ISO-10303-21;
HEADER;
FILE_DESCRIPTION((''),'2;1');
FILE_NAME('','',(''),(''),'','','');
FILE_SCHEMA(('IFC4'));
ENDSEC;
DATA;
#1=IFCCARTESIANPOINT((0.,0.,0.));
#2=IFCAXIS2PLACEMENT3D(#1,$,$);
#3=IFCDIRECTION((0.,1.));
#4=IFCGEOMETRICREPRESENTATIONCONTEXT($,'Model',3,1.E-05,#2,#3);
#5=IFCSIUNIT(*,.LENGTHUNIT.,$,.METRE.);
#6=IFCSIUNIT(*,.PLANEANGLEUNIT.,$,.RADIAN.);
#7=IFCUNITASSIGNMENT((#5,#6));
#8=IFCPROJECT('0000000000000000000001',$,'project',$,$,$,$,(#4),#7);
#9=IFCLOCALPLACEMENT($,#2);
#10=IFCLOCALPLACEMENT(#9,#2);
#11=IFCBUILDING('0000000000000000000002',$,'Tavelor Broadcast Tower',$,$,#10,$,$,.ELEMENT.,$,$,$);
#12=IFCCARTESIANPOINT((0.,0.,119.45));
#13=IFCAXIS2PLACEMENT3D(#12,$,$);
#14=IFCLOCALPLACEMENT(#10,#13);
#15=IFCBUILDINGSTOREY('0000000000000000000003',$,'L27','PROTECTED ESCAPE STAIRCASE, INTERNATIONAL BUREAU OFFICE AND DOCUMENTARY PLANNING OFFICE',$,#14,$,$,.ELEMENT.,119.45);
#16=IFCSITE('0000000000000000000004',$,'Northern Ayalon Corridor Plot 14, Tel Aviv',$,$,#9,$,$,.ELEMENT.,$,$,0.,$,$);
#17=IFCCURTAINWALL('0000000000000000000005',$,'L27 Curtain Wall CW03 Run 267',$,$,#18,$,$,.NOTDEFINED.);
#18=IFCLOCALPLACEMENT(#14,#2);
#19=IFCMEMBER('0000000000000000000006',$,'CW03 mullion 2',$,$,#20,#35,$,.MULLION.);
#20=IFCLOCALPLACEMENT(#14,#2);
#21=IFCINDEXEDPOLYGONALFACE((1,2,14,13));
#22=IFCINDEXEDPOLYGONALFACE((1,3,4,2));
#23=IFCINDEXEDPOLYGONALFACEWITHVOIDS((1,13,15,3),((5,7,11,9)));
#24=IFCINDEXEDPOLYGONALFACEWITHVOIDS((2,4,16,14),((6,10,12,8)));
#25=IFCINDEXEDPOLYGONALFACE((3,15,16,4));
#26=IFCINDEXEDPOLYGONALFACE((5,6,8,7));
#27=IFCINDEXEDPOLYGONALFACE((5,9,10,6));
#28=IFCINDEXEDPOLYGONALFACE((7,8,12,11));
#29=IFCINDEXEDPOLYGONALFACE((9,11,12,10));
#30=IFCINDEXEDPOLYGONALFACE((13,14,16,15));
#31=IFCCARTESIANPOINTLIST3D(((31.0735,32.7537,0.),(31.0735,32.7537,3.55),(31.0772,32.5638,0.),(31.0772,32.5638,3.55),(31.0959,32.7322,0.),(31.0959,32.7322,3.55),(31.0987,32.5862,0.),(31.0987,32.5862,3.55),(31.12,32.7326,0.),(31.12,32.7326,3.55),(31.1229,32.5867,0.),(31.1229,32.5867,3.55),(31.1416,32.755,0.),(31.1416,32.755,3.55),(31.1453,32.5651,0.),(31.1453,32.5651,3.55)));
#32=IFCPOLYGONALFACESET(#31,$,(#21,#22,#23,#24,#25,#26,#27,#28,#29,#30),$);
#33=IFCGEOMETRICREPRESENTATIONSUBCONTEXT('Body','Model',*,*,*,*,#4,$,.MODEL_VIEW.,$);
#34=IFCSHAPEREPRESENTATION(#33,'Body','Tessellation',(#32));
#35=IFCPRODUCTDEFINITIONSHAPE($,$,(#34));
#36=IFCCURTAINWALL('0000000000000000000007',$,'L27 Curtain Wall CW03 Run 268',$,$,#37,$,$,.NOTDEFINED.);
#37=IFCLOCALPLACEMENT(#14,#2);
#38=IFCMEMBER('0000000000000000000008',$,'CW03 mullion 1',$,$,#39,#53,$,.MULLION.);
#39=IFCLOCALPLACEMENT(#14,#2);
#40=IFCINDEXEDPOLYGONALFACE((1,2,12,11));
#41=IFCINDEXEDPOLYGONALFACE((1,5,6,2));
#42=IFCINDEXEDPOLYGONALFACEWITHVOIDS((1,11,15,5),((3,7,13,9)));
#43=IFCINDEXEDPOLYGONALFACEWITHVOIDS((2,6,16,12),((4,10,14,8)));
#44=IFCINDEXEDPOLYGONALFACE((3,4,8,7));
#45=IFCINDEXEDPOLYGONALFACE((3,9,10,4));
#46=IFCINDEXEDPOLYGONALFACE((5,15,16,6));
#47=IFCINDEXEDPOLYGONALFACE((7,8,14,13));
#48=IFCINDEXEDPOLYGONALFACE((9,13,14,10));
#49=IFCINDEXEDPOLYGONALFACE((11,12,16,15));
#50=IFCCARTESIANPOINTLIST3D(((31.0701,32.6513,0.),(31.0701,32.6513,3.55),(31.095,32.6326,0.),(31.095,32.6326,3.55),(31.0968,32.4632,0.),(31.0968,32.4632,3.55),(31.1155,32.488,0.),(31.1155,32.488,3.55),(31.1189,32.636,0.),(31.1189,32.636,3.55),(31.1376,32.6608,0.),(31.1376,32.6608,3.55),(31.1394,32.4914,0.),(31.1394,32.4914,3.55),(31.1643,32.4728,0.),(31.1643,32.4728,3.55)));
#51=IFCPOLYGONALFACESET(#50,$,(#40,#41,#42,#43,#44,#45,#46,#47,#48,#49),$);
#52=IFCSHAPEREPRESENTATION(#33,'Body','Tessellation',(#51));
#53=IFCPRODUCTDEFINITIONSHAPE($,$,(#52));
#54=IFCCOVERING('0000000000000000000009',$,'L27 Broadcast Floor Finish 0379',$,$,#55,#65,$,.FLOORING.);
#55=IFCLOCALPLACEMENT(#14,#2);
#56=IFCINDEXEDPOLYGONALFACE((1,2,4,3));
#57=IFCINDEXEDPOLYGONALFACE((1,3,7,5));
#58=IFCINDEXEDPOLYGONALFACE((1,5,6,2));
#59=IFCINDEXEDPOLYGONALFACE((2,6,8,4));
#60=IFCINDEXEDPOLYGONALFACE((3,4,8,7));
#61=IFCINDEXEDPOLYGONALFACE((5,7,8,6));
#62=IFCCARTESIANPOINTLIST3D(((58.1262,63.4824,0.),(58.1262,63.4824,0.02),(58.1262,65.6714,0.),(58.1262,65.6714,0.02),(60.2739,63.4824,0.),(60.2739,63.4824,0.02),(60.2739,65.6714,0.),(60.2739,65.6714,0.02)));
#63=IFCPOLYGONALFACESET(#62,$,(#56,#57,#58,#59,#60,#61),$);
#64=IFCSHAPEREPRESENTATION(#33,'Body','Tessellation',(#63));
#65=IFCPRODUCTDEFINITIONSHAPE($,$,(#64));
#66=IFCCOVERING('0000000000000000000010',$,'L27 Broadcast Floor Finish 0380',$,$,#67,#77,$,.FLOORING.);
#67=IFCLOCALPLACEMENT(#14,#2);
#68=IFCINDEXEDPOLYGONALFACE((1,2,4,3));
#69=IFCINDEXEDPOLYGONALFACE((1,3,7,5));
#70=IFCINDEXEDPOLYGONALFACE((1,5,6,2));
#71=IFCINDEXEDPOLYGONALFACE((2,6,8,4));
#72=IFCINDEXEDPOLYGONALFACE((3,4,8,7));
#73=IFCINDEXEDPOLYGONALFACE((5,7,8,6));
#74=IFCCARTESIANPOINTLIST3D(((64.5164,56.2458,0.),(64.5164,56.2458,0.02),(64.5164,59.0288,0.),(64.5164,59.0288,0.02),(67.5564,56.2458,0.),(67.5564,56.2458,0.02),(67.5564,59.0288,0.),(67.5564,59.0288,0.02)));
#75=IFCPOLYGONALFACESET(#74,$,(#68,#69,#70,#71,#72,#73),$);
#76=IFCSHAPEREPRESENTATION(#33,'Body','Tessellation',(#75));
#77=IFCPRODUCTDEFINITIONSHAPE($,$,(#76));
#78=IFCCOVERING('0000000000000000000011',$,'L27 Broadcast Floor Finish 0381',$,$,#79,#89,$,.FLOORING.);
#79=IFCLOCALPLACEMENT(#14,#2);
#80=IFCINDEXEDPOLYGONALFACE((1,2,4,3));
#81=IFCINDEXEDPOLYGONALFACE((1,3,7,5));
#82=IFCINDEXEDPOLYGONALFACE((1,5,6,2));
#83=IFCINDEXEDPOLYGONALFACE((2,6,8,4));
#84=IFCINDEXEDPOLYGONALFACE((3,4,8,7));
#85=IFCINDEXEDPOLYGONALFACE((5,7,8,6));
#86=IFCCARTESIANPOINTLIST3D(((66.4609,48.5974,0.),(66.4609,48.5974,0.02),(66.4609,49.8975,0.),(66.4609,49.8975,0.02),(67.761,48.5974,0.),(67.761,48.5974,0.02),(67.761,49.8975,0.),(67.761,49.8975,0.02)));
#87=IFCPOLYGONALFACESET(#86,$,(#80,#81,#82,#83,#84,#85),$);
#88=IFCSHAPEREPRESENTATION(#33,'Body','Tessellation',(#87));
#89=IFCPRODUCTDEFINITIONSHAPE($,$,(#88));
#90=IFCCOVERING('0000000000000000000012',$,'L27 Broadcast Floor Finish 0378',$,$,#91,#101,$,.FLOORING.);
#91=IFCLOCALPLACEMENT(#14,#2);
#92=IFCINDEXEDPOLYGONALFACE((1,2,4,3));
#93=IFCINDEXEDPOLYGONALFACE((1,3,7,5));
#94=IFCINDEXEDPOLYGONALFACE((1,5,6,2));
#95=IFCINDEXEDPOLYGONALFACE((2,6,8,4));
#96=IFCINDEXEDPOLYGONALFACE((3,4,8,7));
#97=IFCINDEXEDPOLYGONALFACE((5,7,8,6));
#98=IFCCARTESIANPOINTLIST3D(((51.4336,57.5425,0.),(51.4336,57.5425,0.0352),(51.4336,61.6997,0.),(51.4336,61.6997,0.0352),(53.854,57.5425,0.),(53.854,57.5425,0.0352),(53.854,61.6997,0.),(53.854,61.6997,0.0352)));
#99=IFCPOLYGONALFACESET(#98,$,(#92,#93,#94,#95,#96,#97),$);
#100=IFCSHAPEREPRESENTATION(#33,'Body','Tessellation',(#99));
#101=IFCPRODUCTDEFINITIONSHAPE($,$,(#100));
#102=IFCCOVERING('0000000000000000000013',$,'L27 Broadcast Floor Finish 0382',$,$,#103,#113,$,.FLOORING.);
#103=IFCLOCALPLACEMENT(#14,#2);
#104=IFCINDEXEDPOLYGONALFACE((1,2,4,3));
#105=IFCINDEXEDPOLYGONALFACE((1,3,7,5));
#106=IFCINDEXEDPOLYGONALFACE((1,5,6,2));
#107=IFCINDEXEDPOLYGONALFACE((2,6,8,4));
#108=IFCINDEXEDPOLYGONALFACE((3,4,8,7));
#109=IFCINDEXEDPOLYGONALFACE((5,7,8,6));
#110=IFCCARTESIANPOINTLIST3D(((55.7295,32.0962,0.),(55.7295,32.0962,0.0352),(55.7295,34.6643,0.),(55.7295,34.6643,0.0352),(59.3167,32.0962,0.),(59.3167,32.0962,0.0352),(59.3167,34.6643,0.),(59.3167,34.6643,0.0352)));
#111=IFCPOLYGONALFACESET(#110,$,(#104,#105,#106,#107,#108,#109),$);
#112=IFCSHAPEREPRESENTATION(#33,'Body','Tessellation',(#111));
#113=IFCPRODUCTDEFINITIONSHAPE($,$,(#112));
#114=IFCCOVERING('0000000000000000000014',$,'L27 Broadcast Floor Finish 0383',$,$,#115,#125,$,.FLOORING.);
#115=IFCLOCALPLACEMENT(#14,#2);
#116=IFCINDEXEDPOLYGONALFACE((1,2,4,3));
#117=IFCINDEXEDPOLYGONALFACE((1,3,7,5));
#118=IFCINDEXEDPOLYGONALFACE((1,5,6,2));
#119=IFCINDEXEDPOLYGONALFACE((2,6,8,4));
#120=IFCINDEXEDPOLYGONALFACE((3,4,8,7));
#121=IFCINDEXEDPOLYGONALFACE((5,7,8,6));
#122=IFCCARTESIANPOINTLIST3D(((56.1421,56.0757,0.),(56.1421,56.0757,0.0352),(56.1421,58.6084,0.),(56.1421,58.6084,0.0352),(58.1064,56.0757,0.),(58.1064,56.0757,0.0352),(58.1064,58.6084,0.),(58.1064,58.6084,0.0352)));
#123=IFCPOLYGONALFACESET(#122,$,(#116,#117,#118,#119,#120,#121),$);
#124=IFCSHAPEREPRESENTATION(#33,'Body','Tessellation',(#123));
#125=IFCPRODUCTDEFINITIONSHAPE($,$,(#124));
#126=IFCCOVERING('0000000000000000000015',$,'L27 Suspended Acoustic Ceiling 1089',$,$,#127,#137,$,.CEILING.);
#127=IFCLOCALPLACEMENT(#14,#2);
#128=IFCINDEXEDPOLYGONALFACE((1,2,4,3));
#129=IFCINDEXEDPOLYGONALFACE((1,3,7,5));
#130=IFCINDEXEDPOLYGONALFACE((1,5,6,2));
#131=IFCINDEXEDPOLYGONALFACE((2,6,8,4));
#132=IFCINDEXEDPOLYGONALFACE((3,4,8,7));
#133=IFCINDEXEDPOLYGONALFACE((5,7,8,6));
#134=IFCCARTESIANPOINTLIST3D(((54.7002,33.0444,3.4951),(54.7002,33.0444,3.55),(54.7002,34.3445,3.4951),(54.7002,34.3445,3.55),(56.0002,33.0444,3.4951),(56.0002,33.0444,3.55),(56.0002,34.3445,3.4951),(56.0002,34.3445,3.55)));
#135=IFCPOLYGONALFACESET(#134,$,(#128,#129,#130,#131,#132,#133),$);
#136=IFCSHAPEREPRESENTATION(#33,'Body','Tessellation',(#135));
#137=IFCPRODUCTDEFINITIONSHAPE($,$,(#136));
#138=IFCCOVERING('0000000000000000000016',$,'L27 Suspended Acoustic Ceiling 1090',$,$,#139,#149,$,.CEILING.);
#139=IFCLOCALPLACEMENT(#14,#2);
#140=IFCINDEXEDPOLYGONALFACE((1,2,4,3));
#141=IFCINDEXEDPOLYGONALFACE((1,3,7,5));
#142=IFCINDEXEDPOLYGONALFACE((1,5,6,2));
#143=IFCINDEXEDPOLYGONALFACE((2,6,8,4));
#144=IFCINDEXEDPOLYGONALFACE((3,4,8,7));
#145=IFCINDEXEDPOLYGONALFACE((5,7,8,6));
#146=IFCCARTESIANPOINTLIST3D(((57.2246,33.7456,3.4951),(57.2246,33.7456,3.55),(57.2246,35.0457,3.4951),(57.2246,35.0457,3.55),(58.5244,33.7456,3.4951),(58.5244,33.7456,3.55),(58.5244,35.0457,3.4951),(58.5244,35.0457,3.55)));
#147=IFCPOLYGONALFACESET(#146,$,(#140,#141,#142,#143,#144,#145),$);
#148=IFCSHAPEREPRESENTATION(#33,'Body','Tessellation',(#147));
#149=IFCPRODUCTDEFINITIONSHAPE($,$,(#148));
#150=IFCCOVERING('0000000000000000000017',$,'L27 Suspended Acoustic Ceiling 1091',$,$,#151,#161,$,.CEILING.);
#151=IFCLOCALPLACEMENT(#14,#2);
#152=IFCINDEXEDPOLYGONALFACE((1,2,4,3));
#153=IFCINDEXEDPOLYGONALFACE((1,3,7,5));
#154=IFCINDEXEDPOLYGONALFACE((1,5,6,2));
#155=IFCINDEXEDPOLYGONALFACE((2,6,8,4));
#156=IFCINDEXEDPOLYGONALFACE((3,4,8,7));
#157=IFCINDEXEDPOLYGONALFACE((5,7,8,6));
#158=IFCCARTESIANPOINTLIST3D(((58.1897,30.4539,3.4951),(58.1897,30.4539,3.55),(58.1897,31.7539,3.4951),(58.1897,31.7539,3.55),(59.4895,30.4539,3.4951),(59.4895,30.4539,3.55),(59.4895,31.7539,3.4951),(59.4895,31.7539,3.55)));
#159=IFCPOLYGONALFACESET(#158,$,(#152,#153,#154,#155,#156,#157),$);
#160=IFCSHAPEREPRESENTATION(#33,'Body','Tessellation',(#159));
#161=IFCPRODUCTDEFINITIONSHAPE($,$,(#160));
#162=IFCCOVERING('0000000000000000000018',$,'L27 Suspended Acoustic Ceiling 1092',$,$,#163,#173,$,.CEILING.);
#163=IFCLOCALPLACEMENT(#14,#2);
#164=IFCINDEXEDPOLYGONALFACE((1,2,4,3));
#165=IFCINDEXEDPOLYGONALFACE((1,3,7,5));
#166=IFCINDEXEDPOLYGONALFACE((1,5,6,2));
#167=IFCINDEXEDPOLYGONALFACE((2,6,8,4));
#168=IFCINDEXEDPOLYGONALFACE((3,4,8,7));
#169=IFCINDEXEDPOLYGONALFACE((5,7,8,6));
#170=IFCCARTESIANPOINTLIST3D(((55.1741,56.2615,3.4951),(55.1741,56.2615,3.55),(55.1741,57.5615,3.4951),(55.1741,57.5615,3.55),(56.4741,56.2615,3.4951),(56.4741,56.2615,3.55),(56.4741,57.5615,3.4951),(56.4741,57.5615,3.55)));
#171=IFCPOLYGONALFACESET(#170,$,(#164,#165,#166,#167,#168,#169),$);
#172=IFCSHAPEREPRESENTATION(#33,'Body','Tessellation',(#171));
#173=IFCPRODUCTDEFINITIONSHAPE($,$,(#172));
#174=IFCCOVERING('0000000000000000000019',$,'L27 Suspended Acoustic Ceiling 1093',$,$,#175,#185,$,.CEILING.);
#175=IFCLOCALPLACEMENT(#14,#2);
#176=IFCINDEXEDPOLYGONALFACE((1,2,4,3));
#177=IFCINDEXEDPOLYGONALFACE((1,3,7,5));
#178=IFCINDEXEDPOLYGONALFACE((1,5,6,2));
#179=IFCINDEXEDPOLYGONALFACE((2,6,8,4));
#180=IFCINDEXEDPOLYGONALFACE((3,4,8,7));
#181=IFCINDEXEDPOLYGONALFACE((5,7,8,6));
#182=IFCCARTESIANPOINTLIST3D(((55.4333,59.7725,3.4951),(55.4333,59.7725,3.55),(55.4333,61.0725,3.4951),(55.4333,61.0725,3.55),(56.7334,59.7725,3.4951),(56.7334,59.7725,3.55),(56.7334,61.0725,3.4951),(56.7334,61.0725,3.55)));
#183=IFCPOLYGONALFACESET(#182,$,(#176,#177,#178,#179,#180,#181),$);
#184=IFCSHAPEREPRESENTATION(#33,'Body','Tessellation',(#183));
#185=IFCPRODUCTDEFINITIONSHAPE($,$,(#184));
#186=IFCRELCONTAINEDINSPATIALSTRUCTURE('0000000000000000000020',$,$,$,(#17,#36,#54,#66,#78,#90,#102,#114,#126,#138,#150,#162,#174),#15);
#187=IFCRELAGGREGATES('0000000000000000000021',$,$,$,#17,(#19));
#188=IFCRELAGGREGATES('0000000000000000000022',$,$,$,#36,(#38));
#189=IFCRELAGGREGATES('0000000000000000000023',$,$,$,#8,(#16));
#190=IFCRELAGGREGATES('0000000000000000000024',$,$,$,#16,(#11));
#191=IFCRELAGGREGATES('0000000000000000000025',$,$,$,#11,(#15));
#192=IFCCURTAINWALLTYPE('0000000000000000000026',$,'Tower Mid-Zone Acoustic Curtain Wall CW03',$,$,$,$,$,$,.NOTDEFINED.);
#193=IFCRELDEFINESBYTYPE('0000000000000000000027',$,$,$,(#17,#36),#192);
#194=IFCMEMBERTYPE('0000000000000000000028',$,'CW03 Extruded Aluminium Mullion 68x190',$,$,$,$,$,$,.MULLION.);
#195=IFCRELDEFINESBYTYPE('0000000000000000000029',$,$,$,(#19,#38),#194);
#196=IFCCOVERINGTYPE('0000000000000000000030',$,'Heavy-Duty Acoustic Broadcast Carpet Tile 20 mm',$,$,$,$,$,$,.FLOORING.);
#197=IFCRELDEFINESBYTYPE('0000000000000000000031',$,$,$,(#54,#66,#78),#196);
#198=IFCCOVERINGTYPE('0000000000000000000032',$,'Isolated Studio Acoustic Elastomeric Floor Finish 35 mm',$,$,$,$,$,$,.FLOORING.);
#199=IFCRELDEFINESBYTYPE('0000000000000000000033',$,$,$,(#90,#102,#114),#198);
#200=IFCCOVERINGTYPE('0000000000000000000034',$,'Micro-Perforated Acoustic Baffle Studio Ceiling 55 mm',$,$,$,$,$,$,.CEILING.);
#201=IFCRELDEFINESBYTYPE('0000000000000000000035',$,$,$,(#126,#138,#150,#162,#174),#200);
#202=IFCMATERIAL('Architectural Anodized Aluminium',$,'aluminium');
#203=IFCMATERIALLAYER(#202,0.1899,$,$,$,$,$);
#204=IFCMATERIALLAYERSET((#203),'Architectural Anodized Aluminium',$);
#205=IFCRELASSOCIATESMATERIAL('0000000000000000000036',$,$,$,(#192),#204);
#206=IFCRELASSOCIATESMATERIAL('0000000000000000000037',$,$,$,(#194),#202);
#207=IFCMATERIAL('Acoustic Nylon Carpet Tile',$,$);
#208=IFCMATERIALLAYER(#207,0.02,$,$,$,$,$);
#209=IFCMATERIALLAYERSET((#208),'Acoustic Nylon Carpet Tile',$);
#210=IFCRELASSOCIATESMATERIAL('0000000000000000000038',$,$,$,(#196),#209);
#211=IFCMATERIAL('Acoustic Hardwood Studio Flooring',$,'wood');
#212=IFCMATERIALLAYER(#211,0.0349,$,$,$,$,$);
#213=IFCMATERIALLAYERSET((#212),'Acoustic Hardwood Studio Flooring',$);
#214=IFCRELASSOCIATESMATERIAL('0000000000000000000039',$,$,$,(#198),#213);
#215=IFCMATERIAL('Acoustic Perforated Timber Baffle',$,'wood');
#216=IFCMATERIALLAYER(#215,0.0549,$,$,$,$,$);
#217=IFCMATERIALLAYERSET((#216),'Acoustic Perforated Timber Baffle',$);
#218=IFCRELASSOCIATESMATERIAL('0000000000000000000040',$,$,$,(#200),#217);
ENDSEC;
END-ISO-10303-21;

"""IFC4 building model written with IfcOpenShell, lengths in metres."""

from ifc_helpers import new_model, si_unit, direction, frame, origin, origin_2d, place, context, subcontext, project, spatial, polyline, hollow_rectangle, outline, extrude, source, transform, mapped, material, layer, layer_set, material_profile, profile_set, type_object, type_shapes, element, aggregate, save


model = new_model("IFC4")

# Units and contexts
model_context = context("Model", 3, precision=1e-05, world=origin(), true_north=direction((0.0, 1.0)))
body_context = subcontext(model_context, "Body", "Model", "MODEL_VIEW")
ifc_project = project(units=[si_unit("LENGTHUNIT", "METRE"), si_unit("PLANEANGLEUNIT", "RADIAN")], contexts=[model_context])

# Site, building, storey
site_placement = place(None, origin())
site = spatial("IfcSite", under=ifc_project, at=site_placement, Name="Northern Ayalon Corridor Plot 14, Tel Aviv", CompositionType="ELEMENT", RefElevation=0.0)
building_placement = place(site_placement, origin())
building = spatial("IfcBuilding", under=site, at=building_placement, Name="Tavelor Broadcast Tower", CompositionType="ELEMENT")
storey_placement = place(building_placement, frame((0.0, 0.0, 119.45)))
storey = spatial("IfcBuildingStorey", under=building, at=storey_placement, Name="L27", Description="PROTECTED ESCAPE STAIRCASE, INTERNATIONAL BUREAU OFFICE AND DOCUMENTARY PLANNING OFFICE", CompositionType="ELEMENT", Elevation=119.45)

# Curtain walls, members
ifc_material_1 = material(Name="Architectural Anodized Aluminium", Category="aluminium")
ifc_layer_1 = layer(ifc_material_1, 0.1899)
ifc_layer_set_1 = layer_set([ifc_layer_1], Name="Architectural Anodized Aluminium")
curtain_wall_type = type_object("IfcCurtainWallType", Name="Tower Mid-Zone Acoustic Curtain Wall CW03", PredefinedType="NOTDEFINED", material=ifc_layer_set_1)
curtain_wall_1_placement = place(storey_placement, origin())
curtain_wall_1 = element("IfcCurtainWall", 1, at=curtain_wall_1_placement, inside=storey, type_object=curtain_wall_type, Name="L27 Curtain Wall CW03 Run 267", PredefinedType="NOTDEFINED")
ifc_material_profile = material_profile(ifc_material_1, hollow_rectangle(XDim=0.0681, YDim=0.1899, WallThickness=0.022, at=origin_2d()), Name="RHS 68x190x22")
ifc_profile_set = profile_set([ifc_material_profile], Name="Architectural Anodized Aluminium")
member_type = type_object("IfcMemberType", Name="CW03 Extruded Aluminium Mullion 68x190", PredefinedType="MULLION", material=ifc_profile_set)
shared_shape = source(origin(), body_context, "Body", "SweptSolid", [
    extrude(hollow_rectangle(XDim=0.0681, YDim=0.1899, WallThickness=0.022, at=origin_2d()), origin(), (0.0, 0.0, 1.0), 3.55),
])
type_shapes(member_type, [shared_shape])
member_1_placement = place(storey_placement, frame((31.1094, 32.6594, 0.0), z_axis=(0.0, 0.0, 1.0), x_axis=(0.999807, 0.019651, 0.0)))
member_1 = element("IfcMember", 2, at=member_1_placement, type_object=member_type, Name="CW03 mullion 2", PredefinedType="MULLION", context=body_context, shape_type="MappedRepresentation", body=[
    mapped(shared_shape, transform((0.0, 0.0, 0.0), scale=1.0)),
])
aggregate(curtain_wall_1, [member_1])
curtain_wall_2_placement = place(storey_placement, origin())
curtain_wall_2 = element("IfcCurtainWall", 3, at=curtain_wall_2_placement, inside=storey, type_object=curtain_wall_type, Name="L27 Curtain Wall CW03 Run 268", PredefinedType="NOTDEFINED")
member_2_placement = place(storey_placement, frame((31.1172, 32.562, 0.0), z_axis=(0.0, 0.0, 1.0), x_axis=(0.99008, 0.140501, 0.0)))
member_2 = element("IfcMember", 4, at=member_2_placement, type_object=member_type, Name="CW03 mullion 1", PredefinedType="MULLION", context=body_context, shape_type="MappedRepresentation", body=[
    mapped(shared_shape, transform((0.0, 0.0, 0.0), scale=1.0)),
])
aggregate(curtain_wall_2, [member_2])

# Coverings
ifc_material_2 = material(Name="Acoustic Nylon Carpet Tile")
ifc_layer_2 = layer(ifc_material_2, 0.02)
ifc_layer_set_2 = layer_set([ifc_layer_2], Name="Acoustic Nylon Carpet Tile")
covering_type_1 = type_object("IfcCoveringType", Name="Heavy-Duty Acoustic Broadcast Carpet Tile 20 mm", PredefinedType="FLOORING", material=ifc_layer_set_2)
covering_1_placement = place(storey_placement, origin())
element("IfcCovering", 5, at=covering_1_placement, inside=storey, type_object=covering_type_1, Name="L27 Broadcast Floor Finish 0379", PredefinedType="FLOORING", context=body_context, shape_type="SweptSolid", body=[
    extrude(outline(polyline([(58.1262, 63.4824), (60.2739, 63.4824), (60.2739, 65.6714), (58.1262, 65.6714), (58.1262, 63.4824)])), origin(), (0.0, 0.0, 1.0), 0.02),
])
covering_2_placement = place(storey_placement, origin())
element("IfcCovering", 6, at=covering_2_placement, inside=storey, type_object=covering_type_1, Name="L27 Broadcast Floor Finish 0380", PredefinedType="FLOORING", context=body_context, shape_type="SweptSolid", body=[
    extrude(outline(polyline([(64.5164, 56.2458), (67.5564, 56.2458), (67.5564, 59.0288), (64.5164, 59.0288), (64.5164, 56.2458)])), origin(), (0.0, 0.0, 1.0), 0.02),
])
covering_3_placement = place(storey_placement, origin())
element("IfcCovering", 7, at=covering_3_placement, inside=storey, type_object=covering_type_1, Name="L27 Broadcast Floor Finish 0381", PredefinedType="FLOORING", context=body_context, shape_type="SweptSolid", body=[
    extrude(outline(polyline([(66.4609, 48.5974), (67.761, 48.5974), (67.761, 49.8975), (66.4609, 49.8975), (66.4609, 48.5974)])), origin(), (0.0, 0.0, 1.0), 0.02),
])
ifc_material_3 = material(Name="Acoustic Hardwood Studio Flooring", Category="wood")
ifc_layer_3 = layer(ifc_material_3, 0.0349)
ifc_layer_set_3 = layer_set([ifc_layer_3], Name="Acoustic Hardwood Studio Flooring")
covering_type_2 = type_object("IfcCoveringType", Name="Isolated Studio Acoustic Elastomeric Floor Finish 35 mm", PredefinedType="FLOORING", material=ifc_layer_set_3)
covering_4_placement = place(storey_placement, origin())
element("IfcCovering", 8, at=covering_4_placement, inside=storey, type_object=covering_type_2, Name="L27 Broadcast Floor Finish 0378", PredefinedType="FLOORING", context=body_context, shape_type="SweptSolid", body=[
    extrude(outline(polyline([(51.4336, 57.5425), (53.854, 57.5425), (53.854, 61.6997), (51.4336, 61.6997), (51.4336, 57.5425)])), origin(), (0.0, 0.0, 1.0), 0.0352),
])
covering_5_placement = place(storey_placement, origin())
element("IfcCovering", 9, at=covering_5_placement, inside=storey, type_object=covering_type_2, Name="L27 Broadcast Floor Finish 0382", PredefinedType="FLOORING", context=body_context, shape_type="SweptSolid", body=[
    extrude(outline(polyline([(55.7295, 32.0962), (59.3167, 32.0962), (59.3167, 34.6643), (55.7295, 34.6643), (55.7295, 32.0962)])), origin(), (0.0, 0.0, 1.0), 0.0352),
])
covering_6_placement = place(storey_placement, origin())
element("IfcCovering", 10, at=covering_6_placement, inside=storey, type_object=covering_type_2, Name="L27 Broadcast Floor Finish 0383", PredefinedType="FLOORING", context=body_context, shape_type="SweptSolid", body=[
    extrude(outline(polyline([(56.1421, 56.0757), (58.1064, 56.0757), (58.1064, 58.6084), (56.1421, 58.6084), (56.1421, 56.0757)])), origin(), (0.0, 0.0, 1.0), 0.0352),
])
ifc_material_4 = material(Name="Acoustic Perforated Timber Baffle", Category="wood")
ifc_layer_4 = layer(ifc_material_4, 0.0549)
ifc_layer_set_4 = layer_set([ifc_layer_4], Name="Acoustic Perforated Timber Baffle")
covering_type_3 = type_object("IfcCoveringType", Name="Micro-Perforated Acoustic Baffle Studio Ceiling 55 mm", PredefinedType="CEILING", material=ifc_layer_set_4)
covering_7_placement = place(storey_placement, frame((0.0, 0.0, 3.4951)))
element("IfcCovering", 11, at=covering_7_placement, inside=storey, type_object=covering_type_3, Name="L27 Suspended Acoustic Ceiling 1089", PredefinedType="CEILING", context=body_context, shape_type="SweptSolid", body=[
    extrude(outline(polyline([(54.7002, 33.0444), (56.0002, 33.0444), (56.0002, 34.3445), (54.7002, 34.3445), (54.7002, 33.0444)])), origin(), (0.0, 0.0, 1.0), 0.0549),
])
covering_8_placement = place(storey_placement, frame((0.0, 0.0, 3.4951)))
element("IfcCovering", 12, at=covering_8_placement, inside=storey, type_object=covering_type_3, Name="L27 Suspended Acoustic Ceiling 1090", PredefinedType="CEILING", context=body_context, shape_type="SweptSolid", body=[
    extrude(outline(polyline([(57.2246, 33.7456), (58.5244, 33.7456), (58.5244, 35.0457), (57.2246, 35.0457), (57.2246, 33.7456)])), origin(), (0.0, 0.0, 1.0), 0.0549),
])
covering_9_placement = place(storey_placement, frame((0.0, 0.0, 3.4951)))
element("IfcCovering", 13, at=covering_9_placement, inside=storey, type_object=covering_type_3, Name="L27 Suspended Acoustic Ceiling 1091", PredefinedType="CEILING", context=body_context, shape_type="SweptSolid", body=[
    extrude(outline(polyline([(58.1897, 30.4539), (59.4895, 30.4539), (59.4895, 31.7539), (58.1897, 31.7539), (58.1897, 30.4539)])), origin(), (0.0, 0.0, 1.0), 0.0549),
])
covering_10_placement = place(storey_placement, frame((0.0, 0.0, 3.4951)))
element("IfcCovering", 14, at=covering_10_placement, inside=storey, type_object=covering_type_3, Name="L27 Suspended Acoustic Ceiling 1092", PredefinedType="CEILING", context=body_context, shape_type="SweptSolid", body=[
    extrude(outline(polyline([(55.1741, 56.2615), (56.4741, 56.2615), (56.4741, 57.5615), (55.1741, 57.5615), (55.1741, 56.2615)])), origin(), (0.0, 0.0, 1.0), 0.0549),
])
covering_11_placement = place(storey_placement, frame((0.0, 0.0, 3.4951)))
element("IfcCovering", 15, at=covering_11_placement, inside=storey, type_object=covering_type_3, Name="L27 Suspended Acoustic Ceiling 1093", PredefinedType="CEILING", context=body_context, shape_type="SweptSolid", body=[
    extrude(outline(polyline([(55.4333, 59.7725), (56.7334, 59.7725), (56.7334, 61.0725), (55.4333, 61.0725), (55.4333, 59.7725)])), origin(), (0.0, 0.0, 1.0), 0.0549),
])

save(model, "model.ifc")
